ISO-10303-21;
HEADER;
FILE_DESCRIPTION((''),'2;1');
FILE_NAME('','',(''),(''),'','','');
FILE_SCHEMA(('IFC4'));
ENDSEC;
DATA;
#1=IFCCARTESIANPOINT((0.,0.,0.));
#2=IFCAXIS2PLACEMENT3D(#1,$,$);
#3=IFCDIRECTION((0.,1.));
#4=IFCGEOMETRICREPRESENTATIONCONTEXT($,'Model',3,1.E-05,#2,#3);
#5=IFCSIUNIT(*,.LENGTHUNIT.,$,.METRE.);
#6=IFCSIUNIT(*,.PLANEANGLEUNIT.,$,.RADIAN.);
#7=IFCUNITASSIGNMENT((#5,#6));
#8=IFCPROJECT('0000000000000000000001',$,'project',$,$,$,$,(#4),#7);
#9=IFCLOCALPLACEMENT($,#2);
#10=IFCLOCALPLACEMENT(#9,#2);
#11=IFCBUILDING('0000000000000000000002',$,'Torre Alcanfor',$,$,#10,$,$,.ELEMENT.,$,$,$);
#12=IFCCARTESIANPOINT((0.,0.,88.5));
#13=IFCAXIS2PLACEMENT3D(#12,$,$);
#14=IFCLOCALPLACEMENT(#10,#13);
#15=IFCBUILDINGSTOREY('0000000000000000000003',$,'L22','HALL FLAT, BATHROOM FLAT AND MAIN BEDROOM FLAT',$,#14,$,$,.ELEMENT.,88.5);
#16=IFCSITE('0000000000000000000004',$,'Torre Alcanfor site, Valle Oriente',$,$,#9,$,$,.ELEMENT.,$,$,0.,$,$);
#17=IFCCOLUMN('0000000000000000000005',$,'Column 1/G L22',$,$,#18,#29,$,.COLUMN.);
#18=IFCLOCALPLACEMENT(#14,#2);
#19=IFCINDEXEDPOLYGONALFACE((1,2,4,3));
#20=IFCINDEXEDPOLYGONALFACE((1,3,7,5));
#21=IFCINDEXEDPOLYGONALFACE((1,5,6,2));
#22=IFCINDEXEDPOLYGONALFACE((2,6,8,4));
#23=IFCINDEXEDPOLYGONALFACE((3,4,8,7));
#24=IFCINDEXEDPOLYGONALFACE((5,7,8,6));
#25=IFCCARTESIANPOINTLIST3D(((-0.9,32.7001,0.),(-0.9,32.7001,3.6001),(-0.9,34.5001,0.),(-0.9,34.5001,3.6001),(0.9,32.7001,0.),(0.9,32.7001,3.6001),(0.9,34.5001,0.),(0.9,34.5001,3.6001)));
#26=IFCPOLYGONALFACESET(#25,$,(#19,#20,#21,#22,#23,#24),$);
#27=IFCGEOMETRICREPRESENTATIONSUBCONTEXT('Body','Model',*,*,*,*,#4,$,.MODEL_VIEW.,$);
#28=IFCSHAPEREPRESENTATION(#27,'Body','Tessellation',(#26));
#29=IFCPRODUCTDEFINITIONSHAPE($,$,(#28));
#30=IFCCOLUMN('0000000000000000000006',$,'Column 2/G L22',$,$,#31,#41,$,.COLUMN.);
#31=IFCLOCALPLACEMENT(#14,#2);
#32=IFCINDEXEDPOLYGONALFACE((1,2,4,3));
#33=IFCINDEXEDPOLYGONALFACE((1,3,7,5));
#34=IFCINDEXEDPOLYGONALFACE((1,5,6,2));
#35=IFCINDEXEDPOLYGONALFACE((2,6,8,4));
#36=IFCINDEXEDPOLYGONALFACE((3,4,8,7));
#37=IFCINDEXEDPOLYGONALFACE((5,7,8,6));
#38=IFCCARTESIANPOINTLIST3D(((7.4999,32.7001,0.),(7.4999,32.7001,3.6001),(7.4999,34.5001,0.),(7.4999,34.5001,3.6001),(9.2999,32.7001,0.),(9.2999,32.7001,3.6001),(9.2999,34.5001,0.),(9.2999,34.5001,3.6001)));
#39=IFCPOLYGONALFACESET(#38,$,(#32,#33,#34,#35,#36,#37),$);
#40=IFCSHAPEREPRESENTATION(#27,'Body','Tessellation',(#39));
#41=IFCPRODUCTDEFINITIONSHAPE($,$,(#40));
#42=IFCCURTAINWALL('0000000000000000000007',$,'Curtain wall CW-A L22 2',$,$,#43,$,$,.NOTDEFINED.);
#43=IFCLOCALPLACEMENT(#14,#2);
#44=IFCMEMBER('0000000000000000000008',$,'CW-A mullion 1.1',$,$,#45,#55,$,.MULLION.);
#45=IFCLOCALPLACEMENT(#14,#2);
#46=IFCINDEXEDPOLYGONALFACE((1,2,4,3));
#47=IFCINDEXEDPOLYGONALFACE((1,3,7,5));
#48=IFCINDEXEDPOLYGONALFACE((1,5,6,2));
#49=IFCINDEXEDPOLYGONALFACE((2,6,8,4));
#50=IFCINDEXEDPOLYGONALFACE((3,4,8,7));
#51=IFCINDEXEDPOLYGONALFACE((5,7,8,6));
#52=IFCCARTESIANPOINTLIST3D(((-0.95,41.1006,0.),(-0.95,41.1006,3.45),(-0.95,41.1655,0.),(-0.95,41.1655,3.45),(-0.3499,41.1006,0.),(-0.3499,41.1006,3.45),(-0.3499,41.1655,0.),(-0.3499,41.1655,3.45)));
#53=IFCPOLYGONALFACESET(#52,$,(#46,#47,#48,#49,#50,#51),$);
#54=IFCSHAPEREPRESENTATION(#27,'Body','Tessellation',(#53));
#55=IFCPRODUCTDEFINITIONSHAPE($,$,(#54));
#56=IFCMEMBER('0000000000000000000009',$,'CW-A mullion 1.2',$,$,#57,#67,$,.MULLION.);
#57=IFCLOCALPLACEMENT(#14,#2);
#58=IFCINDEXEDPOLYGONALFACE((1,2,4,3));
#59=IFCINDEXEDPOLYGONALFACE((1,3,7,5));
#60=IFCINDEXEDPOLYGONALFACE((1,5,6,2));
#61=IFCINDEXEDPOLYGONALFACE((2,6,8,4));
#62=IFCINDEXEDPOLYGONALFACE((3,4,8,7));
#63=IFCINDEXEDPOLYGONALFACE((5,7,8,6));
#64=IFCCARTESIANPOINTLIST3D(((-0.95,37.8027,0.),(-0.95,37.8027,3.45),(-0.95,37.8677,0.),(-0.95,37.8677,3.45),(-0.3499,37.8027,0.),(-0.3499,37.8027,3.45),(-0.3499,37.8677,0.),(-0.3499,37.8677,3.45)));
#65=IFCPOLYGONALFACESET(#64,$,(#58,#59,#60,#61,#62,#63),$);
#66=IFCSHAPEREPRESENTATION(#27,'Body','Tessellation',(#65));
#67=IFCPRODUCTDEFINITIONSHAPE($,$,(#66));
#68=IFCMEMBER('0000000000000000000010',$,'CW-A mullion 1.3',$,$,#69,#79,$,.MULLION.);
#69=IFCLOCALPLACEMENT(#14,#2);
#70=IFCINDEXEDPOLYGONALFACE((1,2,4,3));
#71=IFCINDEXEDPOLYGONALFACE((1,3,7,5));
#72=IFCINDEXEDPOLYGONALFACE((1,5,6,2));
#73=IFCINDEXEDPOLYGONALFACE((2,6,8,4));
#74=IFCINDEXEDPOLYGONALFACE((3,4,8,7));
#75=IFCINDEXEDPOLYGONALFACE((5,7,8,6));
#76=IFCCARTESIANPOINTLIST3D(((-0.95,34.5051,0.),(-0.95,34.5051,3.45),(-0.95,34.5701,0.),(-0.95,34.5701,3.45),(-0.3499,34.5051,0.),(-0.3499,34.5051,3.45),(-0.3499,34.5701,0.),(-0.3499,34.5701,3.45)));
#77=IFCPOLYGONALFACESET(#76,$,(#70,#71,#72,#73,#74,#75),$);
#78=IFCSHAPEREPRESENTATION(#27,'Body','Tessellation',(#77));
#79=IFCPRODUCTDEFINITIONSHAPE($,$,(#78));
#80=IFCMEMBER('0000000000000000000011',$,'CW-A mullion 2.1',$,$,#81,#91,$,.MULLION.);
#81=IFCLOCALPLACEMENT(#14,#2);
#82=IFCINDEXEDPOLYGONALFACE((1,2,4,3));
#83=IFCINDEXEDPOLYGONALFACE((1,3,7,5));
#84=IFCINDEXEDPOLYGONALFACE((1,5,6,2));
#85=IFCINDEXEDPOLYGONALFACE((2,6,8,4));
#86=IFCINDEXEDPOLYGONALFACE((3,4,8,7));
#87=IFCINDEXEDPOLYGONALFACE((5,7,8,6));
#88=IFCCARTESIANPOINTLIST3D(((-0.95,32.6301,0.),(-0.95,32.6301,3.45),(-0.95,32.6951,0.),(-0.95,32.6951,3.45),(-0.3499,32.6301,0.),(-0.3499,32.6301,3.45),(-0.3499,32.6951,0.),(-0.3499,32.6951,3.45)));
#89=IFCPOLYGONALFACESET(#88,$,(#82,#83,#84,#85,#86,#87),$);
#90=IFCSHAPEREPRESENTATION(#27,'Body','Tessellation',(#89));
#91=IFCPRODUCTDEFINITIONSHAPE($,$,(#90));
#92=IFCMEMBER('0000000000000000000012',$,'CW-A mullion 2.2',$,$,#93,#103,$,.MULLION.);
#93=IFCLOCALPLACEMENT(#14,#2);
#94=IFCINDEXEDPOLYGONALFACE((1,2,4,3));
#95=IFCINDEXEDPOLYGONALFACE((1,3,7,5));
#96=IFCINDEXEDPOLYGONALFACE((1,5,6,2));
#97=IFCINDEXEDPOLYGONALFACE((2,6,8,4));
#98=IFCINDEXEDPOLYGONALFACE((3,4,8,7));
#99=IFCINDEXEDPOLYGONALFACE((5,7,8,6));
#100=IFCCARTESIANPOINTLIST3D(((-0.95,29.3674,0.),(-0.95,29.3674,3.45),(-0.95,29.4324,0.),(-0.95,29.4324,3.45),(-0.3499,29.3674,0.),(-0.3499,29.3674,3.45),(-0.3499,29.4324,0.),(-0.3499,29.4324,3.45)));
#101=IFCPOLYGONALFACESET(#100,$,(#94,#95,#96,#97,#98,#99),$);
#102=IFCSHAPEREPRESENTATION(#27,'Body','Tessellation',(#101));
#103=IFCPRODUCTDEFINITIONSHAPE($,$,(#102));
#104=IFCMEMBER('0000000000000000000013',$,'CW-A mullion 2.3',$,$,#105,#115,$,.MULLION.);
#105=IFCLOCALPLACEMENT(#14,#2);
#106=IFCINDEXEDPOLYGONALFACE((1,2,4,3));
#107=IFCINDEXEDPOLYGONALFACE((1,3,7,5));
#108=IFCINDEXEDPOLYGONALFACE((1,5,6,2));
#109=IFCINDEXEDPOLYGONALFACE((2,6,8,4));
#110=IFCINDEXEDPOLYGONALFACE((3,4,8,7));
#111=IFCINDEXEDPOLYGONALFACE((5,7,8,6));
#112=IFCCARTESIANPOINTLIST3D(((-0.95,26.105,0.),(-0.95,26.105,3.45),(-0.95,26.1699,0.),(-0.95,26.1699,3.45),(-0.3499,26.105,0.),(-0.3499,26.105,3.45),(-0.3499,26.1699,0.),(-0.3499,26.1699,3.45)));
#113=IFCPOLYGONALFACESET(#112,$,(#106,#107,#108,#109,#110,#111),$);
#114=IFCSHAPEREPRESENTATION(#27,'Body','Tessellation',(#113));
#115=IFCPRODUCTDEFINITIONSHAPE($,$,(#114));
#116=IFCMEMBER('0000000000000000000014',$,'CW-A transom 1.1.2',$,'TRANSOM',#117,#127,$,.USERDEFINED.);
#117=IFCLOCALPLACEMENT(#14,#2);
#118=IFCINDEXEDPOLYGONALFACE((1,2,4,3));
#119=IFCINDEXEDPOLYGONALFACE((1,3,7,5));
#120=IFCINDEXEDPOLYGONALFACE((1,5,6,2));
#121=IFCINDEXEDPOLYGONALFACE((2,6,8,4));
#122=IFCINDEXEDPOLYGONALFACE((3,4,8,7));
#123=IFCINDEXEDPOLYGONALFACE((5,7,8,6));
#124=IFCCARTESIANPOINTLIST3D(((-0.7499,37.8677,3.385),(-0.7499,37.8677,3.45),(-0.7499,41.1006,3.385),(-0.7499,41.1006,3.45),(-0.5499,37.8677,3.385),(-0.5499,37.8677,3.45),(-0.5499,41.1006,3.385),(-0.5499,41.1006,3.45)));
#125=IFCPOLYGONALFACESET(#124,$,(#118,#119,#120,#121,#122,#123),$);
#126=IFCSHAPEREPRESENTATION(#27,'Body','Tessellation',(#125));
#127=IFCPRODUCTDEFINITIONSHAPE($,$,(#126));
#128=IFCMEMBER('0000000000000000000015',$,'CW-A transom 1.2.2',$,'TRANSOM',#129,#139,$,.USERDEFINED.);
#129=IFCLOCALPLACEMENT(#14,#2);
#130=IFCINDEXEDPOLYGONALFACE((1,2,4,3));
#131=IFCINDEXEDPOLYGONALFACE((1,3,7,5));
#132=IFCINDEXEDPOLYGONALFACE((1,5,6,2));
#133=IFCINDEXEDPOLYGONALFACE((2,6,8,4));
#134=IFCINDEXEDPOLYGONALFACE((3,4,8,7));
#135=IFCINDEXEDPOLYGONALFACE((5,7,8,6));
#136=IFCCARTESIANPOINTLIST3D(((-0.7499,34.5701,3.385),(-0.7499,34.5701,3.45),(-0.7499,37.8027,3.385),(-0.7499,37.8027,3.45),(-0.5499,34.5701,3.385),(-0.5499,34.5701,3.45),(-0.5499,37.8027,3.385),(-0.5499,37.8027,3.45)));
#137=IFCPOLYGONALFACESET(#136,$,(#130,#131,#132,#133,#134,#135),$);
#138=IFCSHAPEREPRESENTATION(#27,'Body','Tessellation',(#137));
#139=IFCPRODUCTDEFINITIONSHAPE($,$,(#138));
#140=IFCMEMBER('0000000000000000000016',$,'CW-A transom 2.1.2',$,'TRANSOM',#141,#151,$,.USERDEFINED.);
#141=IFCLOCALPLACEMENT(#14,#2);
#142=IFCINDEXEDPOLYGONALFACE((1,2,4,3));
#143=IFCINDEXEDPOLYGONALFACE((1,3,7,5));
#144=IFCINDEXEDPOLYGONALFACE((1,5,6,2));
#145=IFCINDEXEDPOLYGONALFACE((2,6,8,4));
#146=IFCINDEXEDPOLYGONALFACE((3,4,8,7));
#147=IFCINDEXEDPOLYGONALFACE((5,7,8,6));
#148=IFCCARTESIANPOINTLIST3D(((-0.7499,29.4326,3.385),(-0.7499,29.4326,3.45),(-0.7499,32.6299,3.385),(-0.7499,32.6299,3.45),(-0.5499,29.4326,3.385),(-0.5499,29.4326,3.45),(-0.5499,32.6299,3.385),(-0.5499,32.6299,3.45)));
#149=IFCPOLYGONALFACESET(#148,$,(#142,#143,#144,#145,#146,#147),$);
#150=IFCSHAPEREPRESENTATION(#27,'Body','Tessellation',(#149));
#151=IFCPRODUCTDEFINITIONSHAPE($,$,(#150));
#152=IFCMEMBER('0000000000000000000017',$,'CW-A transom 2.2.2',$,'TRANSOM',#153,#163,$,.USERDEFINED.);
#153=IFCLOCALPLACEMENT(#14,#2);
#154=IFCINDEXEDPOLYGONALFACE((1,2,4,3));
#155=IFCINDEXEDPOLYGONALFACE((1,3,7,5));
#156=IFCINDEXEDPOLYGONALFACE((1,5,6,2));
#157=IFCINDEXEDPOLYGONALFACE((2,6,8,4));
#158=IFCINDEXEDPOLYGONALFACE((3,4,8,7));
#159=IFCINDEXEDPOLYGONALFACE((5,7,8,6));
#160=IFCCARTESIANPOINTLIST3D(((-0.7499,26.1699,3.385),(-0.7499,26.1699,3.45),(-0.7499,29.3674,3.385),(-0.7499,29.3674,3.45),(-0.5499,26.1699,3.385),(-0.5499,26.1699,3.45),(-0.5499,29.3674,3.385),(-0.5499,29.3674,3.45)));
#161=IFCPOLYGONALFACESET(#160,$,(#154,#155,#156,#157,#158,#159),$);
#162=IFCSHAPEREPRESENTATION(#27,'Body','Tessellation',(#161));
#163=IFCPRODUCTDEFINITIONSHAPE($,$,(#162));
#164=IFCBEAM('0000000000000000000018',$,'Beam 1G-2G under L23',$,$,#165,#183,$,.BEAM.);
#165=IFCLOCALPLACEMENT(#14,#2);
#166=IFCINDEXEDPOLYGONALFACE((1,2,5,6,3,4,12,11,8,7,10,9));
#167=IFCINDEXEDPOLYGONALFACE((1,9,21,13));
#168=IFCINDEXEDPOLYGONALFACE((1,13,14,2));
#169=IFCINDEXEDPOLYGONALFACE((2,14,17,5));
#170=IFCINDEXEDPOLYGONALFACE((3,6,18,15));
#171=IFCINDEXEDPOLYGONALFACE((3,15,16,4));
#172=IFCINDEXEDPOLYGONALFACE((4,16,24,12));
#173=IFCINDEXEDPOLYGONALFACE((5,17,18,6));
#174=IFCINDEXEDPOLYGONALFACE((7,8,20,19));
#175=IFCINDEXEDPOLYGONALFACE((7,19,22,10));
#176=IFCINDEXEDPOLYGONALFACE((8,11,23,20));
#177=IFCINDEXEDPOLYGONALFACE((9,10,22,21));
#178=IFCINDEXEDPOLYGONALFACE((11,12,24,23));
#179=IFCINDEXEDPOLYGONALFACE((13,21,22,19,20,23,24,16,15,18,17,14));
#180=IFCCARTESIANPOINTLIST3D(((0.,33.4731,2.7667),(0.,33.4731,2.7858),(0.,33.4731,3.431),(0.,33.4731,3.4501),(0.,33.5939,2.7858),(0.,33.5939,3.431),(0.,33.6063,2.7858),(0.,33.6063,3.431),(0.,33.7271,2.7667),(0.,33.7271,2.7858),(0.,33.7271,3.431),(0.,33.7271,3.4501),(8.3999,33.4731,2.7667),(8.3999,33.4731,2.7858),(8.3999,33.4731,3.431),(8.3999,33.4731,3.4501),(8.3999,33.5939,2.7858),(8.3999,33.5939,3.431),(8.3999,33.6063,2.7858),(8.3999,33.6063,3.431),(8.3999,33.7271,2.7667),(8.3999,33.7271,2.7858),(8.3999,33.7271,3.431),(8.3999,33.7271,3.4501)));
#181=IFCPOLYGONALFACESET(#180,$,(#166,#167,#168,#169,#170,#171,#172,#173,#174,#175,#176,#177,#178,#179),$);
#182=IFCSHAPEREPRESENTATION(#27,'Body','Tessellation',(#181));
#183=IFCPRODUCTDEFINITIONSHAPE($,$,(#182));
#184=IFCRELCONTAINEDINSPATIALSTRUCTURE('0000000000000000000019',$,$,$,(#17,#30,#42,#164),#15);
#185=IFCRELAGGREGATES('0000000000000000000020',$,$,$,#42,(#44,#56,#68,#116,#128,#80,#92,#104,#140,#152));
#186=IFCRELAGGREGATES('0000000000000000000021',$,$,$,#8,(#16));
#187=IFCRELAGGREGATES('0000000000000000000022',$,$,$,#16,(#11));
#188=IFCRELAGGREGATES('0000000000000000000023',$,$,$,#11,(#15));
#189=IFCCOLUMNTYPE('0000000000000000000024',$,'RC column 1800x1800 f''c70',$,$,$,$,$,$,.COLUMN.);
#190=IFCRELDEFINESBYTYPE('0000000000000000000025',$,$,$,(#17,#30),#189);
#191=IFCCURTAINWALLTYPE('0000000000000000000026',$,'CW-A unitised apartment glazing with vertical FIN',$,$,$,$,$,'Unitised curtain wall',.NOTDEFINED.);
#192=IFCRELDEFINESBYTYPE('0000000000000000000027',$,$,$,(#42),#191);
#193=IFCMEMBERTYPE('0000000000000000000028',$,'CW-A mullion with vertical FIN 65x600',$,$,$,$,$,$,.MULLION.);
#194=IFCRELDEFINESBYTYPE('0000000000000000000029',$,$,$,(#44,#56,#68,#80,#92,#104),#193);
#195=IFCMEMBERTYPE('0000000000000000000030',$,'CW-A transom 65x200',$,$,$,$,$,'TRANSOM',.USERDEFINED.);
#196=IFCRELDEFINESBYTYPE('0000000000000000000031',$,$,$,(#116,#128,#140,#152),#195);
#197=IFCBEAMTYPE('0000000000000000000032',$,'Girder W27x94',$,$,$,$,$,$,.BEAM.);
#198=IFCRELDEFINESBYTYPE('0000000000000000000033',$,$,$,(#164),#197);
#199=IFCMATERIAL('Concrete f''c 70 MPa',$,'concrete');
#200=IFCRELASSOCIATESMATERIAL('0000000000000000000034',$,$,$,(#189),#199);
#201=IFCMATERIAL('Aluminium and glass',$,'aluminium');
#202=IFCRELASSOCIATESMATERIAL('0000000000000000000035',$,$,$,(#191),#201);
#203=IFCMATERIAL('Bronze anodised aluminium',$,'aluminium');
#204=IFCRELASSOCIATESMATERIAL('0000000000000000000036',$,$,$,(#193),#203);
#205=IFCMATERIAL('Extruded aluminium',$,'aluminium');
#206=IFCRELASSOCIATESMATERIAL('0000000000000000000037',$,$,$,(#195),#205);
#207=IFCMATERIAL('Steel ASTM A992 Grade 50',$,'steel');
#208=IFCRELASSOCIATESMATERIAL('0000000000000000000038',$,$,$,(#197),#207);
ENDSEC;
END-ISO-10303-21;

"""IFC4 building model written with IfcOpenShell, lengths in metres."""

from ifc_helpers import new_model, si_unit, direction, frame, origin, origin_2d, place, context, subcontext, project, spatial, rectangle, i_section, extrude, material, material_profile, profile_set, type_object, element, aggregate, save


model = new_model("IFC4")

# Units and contexts
model_context = context("Model", 3, precision=1e-05, world=origin(), true_north=direction((0.0, 1.0)))
body_context = subcontext(model_context, "Body", "Model", "MODEL_VIEW")
ifc_project = project(units=[si_unit("LENGTHUNIT", "METRE"), si_unit("PLANEANGLEUNIT", "RADIAN")], contexts=[model_context])

# Site, building, storey
site_placement = place(None, origin())
site = spatial("IfcSite", under=ifc_project, at=site_placement, Name="Torre Alcanfor site, Valle Oriente", CompositionType="ELEMENT", RefElevation=0.0)
building_placement = place(site_placement, origin())
building = spatial("IfcBuilding", under=site, at=building_placement, Name="Torre Alcanfor", CompositionType="ELEMENT")
storey_placement = place(building_placement, frame((0.0, 0.0, 88.5)))
storey = spatial("IfcBuildingStorey", under=building, at=storey_placement, Name="L22", Description="HALL FLAT, BATHROOM FLAT AND MAIN BEDROOM FLAT", CompositionType="ELEMENT", Elevation=88.5)

# Columns
ifc_material_1 = material(Name="Concrete f'c 70 MPa", Category="concrete")
ifc_material_profile_1 = material_profile(ifc_material_1, rectangle(XDim=1.8, YDim=1.8, at=origin_2d()), Name="1800x1800")
ifc_profile_set_1 = profile_set([ifc_material_profile_1], Name="Concrete f'c 70 MPa")
column_type = type_object("IfcColumnType", Name="RC column 1800x1800 f'c70", PredefinedType="COLUMN", material=ifc_profile_set_1)
for number, where, z_axis, x_axis, name in (
    (1, (0.0, 33.6001, 0.0), (0.0, 0.0, 1.0), (1.0, 0.0, 0.0), "Column 1/G L22"),
    (2, (8.3999, 33.6001, 0.0), (0.0, 0.0, 1.0), (1.0, 0.0, 0.0), "Column 2/G L22"),
):
    element("IfcColumn", number, at=place(storey_placement, frame(where, z_axis=z_axis, x_axis=x_axis)), inside=storey, type_object=column_type, Name=name, PredefinedType="COLUMN", context=body_context, shape_type="SweptSolid", body=[
        extrude(rectangle(XDim=1.8, YDim=1.8, at=origin_2d()), origin(), (0.0, 0.0, 1.0), 3.6001),
    ])

# Curtain wall, members
ifc_material_2 = material(Name="Aluminium and glass", Category="aluminium")
curtain_wall_type = type_object("IfcCurtainWallType", Name="CW-A unitised apartment glazing with vertical FIN", ElementType="Unitised curtain wall", PredefinedType="NOTDEFINED", material=ifc_material_2)
curtain_wall_placement = place(storey_placement, origin())
curtain_wall = element("IfcCurtainWall", 3, at=curtain_wall_placement, inside=storey, type_object=curtain_wall_type, Name="Curtain wall CW-A L22 2", PredefinedType="NOTDEFINED")
ifc_material_3 = material(Name="Bronze anodised aluminium", Category="aluminium")
ifc_material_profile_2 = material_profile(ifc_material_3, rectangle(XDim=0.6001, YDim=0.0649, at=origin_2d()), Name="CW-A mullion 65x600")
ifc_profile_set_2 = profile_set([ifc_material_profile_2], Name="Bronze anodised aluminium")
member_type_1 = type_object("IfcMemberType", Name="CW-A mullion with vertical FIN 65x600", PredefinedType="MULLION", material=ifc_profile_set_2)
member_1_placement = place(storey_placement, frame((-0.6499, 41.1331, 0.0), z_axis=(0.0, 0.0, 1.0), x_axis=(1.0, 0.0, 0.0)))
member_1 = element("IfcMember", 4, at=member_1_placement, type_object=member_type_1, Name="CW-A mullion 1.1", PredefinedType="MULLION", context=body_context, shape_type="SweptSolid", body=[
    extrude(rectangle(XDim=0.6001, YDim=0.0649, at=origin_2d()), origin(), (0.0, 0.0, 1.0), 3.45),
])
member_2_placement = place(storey_placement, frame((-0.6499, 37.8352, 0.0), z_axis=(0.0, 0.0, 1.0), x_axis=(1.0, 0.0, 0.0)))
member_2 = element("IfcMember", 5, at=member_2_placement, type_object=member_type_1, Name="CW-A mullion 1.2", PredefinedType="MULLION", context=body_context, shape_type="SweptSolid", body=[
    extrude(rectangle(XDim=0.6001, YDim=0.0649, at=origin_2d()), origin(), (0.0, 0.0, 1.0), 3.45),
])
member_3_placement = place(storey_placement, frame((-0.6499, 34.5376, 0.0), z_axis=(0.0, 0.0, 1.0), x_axis=(1.0, 0.0, 0.0)))
member_3 = element("IfcMember", 6, at=member_3_placement, type_object=member_type_1, Name="CW-A mullion 1.3", PredefinedType="MULLION", context=body_context, shape_type="SweptSolid", body=[
    extrude(rectangle(XDim=0.6001, YDim=0.0649, at=origin_2d()), origin(), (0.0, 0.0, 1.0), 3.45),
])
member_4_placement = place(storey_placement, frame((-0.6499, 32.6626, 0.0), z_axis=(0.0, 0.0, 1.0), x_axis=(1.0, 0.0, 0.0)))
member_4 = element("IfcMember", 7, at=member_4_placement, type_object=member_type_1, Name="CW-A mullion 2.1", PredefinedType="MULLION", context=body_context, shape_type="SweptSolid", body=[
    extrude(rectangle(XDim=0.6001, YDim=0.0649, at=origin_2d()), origin(), (0.0, 0.0, 1.0), 3.45),
])
member_5_placement = place(storey_placement, frame((-0.6499, 29.3999, 0.0), z_axis=(0.0, 0.0, 1.0), x_axis=(1.0, 0.0, 0.0)))
member_5 = element("IfcMember", 8, at=member_5_placement, type_object=member_type_1, Name="CW-A mullion 2.2", PredefinedType="MULLION", context=body_context, shape_type="SweptSolid", body=[
    extrude(rectangle(XDim=0.6001, YDim=0.0649, at=origin_2d()), origin(), (0.0, 0.0, 1.0), 3.45),
])
member_6_placement = place(storey_placement, frame((-0.6499, 26.1375, 0.0), z_axis=(0.0, 0.0, 1.0), x_axis=(1.0, 0.0, 0.0)))
member_6 = element("IfcMember", 9, at=member_6_placement, type_object=member_type_1, Name="CW-A mullion 2.3", PredefinedType="MULLION", context=body_context, shape_type="SweptSolid", body=[
    extrude(rectangle(XDim=0.6001, YDim=0.0649, at=origin_2d()), origin(), (0.0, 0.0, 1.0), 3.45),
])
ifc_material_4 = material(Name="Extruded aluminium", Category="aluminium")
ifc_material_profile_3 = material_profile(ifc_material_4, rectangle(XDim=0.2, YDim=0.0649, at=origin_2d()), Name="CW-A transom 200x65")
ifc_profile_set_3 = profile_set([ifc_material_profile_3], Name="Extruded aluminium")
member_type_2 = type_object("IfcMemberType", Name="CW-A transom 65x200", ElementType="TRANSOM", PredefinedType="USERDEFINED", material=ifc_profile_set_3)
member_7_placement = place(storey_placement, frame((-0.6499, 41.1006, 3.4175), z_axis=(0.0, -1.0, 0.0), x_axis=(1.0, 0.0, 0.0)))
member_7 = element("IfcMember", 10, at=member_7_placement, type_object=member_type_2, Name="CW-A transom 1.1.2", ObjectType="TRANSOM", PredefinedType="USERDEFINED", context=body_context, shape_type="SweptSolid", body=[
    extrude(rectangle(XDim=0.2, YDim=0.0649, at=origin_2d()), origin(), (0.0, 0.0, 1.0), 3.2329),
])
member_8_placement = place(storey_placement, frame((-0.6499, 37.8027, 3.4175), z_axis=(0.0, -1.0, 0.0), x_axis=(1.0, 0.0, 0.0)))
member_8 = element("IfcMember", 11, at=member_8_placement, type_object=member_type_2, Name="CW-A transom 1.2.2", ObjectType="TRANSOM", PredefinedType="USERDEFINED", context=body_context, shape_type="SweptSolid", body=[
    extrude(rectangle(XDim=0.2, YDim=0.0649, at=origin_2d()), origin(), (0.0, 0.0, 1.0), 3.2327),
])
member_9_placement = place(storey_placement, frame((-0.6499, 32.6299, 3.4175), z_axis=(0.0, -1.0, 0.0), x_axis=(1.0, 0.0, 0.0)))
member_9 = element("IfcMember", 12, at=member_9_placement, type_object=member_type_2, Name="CW-A transom 2.1.2", ObjectType="TRANSOM", PredefinedType="USERDEFINED", context=body_context, shape_type="SweptSolid", body=[
    extrude(rectangle(XDim=0.2, YDim=0.0649, at=origin_2d()), origin(), (0.0, 0.0, 1.0), 3.1973),
])
member_10_placement = place(storey_placement, frame((-0.6499, 29.3674, 3.4175), z_axis=(0.0, -1.0, 0.0), x_axis=(1.0, 0.0, 0.0)))
member_10 = element("IfcMember", 13, at=member_10_placement, type_object=member_type_2, Name="CW-A transom 2.2.2", ObjectType="TRANSOM", PredefinedType="USERDEFINED", context=body_context, shape_type="SweptSolid", body=[
    extrude(rectangle(XDim=0.2, YDim=0.0649, at=origin_2d()), origin(), (0.0, 0.0, 1.0), 3.1975),
])

# Beam
ifc_material_5 = material(Name="Steel ASTM A992 Grade 50", Category="steel")
ifc_material_profile_4 = material_profile(ifc_material_5, i_section(OverallWidth=0.2539, OverallDepth=0.6833, WebThickness=0.0125, FlangeThickness=0.019, at=origin_2d()), Name="W27x94")
ifc_profile_set_4 = profile_set([ifc_material_profile_4], Name="Steel ASTM A992 Grade 50")
beam_type_1 = type_object("IfcBeamType", Name="Girder W27x94", PredefinedType="BEAM", material=ifc_profile_set_4)
beam_1_placement = place(storey_placement, frame((0.0, 33.6001, 3.1084), z_axis=(1.0, 0.0, 0.0), x_axis=(0.0, 1.0, 0.0)))
element("IfcBeam", 14, at=beam_1_placement, inside=storey, type_object=beam_type_1, Name="Beam 1G-2G under L23", PredefinedType="BEAM", context=body_context, shape_type="SweptSolid", body=[
    extrude(i_section(OverallWidth=0.2539, OverallDepth=0.6833, WebThickness=0.0125, FlangeThickness=0.019, at=origin_2d()), origin(), (0.0, 0.0, 1.0), 8.3999),
])

aggregate(curtain_wall, [member_1, member_2, member_3, member_7, member_8, member_4, member_5, member_6, member_9, member_10])

save(model, "model.ifc")
